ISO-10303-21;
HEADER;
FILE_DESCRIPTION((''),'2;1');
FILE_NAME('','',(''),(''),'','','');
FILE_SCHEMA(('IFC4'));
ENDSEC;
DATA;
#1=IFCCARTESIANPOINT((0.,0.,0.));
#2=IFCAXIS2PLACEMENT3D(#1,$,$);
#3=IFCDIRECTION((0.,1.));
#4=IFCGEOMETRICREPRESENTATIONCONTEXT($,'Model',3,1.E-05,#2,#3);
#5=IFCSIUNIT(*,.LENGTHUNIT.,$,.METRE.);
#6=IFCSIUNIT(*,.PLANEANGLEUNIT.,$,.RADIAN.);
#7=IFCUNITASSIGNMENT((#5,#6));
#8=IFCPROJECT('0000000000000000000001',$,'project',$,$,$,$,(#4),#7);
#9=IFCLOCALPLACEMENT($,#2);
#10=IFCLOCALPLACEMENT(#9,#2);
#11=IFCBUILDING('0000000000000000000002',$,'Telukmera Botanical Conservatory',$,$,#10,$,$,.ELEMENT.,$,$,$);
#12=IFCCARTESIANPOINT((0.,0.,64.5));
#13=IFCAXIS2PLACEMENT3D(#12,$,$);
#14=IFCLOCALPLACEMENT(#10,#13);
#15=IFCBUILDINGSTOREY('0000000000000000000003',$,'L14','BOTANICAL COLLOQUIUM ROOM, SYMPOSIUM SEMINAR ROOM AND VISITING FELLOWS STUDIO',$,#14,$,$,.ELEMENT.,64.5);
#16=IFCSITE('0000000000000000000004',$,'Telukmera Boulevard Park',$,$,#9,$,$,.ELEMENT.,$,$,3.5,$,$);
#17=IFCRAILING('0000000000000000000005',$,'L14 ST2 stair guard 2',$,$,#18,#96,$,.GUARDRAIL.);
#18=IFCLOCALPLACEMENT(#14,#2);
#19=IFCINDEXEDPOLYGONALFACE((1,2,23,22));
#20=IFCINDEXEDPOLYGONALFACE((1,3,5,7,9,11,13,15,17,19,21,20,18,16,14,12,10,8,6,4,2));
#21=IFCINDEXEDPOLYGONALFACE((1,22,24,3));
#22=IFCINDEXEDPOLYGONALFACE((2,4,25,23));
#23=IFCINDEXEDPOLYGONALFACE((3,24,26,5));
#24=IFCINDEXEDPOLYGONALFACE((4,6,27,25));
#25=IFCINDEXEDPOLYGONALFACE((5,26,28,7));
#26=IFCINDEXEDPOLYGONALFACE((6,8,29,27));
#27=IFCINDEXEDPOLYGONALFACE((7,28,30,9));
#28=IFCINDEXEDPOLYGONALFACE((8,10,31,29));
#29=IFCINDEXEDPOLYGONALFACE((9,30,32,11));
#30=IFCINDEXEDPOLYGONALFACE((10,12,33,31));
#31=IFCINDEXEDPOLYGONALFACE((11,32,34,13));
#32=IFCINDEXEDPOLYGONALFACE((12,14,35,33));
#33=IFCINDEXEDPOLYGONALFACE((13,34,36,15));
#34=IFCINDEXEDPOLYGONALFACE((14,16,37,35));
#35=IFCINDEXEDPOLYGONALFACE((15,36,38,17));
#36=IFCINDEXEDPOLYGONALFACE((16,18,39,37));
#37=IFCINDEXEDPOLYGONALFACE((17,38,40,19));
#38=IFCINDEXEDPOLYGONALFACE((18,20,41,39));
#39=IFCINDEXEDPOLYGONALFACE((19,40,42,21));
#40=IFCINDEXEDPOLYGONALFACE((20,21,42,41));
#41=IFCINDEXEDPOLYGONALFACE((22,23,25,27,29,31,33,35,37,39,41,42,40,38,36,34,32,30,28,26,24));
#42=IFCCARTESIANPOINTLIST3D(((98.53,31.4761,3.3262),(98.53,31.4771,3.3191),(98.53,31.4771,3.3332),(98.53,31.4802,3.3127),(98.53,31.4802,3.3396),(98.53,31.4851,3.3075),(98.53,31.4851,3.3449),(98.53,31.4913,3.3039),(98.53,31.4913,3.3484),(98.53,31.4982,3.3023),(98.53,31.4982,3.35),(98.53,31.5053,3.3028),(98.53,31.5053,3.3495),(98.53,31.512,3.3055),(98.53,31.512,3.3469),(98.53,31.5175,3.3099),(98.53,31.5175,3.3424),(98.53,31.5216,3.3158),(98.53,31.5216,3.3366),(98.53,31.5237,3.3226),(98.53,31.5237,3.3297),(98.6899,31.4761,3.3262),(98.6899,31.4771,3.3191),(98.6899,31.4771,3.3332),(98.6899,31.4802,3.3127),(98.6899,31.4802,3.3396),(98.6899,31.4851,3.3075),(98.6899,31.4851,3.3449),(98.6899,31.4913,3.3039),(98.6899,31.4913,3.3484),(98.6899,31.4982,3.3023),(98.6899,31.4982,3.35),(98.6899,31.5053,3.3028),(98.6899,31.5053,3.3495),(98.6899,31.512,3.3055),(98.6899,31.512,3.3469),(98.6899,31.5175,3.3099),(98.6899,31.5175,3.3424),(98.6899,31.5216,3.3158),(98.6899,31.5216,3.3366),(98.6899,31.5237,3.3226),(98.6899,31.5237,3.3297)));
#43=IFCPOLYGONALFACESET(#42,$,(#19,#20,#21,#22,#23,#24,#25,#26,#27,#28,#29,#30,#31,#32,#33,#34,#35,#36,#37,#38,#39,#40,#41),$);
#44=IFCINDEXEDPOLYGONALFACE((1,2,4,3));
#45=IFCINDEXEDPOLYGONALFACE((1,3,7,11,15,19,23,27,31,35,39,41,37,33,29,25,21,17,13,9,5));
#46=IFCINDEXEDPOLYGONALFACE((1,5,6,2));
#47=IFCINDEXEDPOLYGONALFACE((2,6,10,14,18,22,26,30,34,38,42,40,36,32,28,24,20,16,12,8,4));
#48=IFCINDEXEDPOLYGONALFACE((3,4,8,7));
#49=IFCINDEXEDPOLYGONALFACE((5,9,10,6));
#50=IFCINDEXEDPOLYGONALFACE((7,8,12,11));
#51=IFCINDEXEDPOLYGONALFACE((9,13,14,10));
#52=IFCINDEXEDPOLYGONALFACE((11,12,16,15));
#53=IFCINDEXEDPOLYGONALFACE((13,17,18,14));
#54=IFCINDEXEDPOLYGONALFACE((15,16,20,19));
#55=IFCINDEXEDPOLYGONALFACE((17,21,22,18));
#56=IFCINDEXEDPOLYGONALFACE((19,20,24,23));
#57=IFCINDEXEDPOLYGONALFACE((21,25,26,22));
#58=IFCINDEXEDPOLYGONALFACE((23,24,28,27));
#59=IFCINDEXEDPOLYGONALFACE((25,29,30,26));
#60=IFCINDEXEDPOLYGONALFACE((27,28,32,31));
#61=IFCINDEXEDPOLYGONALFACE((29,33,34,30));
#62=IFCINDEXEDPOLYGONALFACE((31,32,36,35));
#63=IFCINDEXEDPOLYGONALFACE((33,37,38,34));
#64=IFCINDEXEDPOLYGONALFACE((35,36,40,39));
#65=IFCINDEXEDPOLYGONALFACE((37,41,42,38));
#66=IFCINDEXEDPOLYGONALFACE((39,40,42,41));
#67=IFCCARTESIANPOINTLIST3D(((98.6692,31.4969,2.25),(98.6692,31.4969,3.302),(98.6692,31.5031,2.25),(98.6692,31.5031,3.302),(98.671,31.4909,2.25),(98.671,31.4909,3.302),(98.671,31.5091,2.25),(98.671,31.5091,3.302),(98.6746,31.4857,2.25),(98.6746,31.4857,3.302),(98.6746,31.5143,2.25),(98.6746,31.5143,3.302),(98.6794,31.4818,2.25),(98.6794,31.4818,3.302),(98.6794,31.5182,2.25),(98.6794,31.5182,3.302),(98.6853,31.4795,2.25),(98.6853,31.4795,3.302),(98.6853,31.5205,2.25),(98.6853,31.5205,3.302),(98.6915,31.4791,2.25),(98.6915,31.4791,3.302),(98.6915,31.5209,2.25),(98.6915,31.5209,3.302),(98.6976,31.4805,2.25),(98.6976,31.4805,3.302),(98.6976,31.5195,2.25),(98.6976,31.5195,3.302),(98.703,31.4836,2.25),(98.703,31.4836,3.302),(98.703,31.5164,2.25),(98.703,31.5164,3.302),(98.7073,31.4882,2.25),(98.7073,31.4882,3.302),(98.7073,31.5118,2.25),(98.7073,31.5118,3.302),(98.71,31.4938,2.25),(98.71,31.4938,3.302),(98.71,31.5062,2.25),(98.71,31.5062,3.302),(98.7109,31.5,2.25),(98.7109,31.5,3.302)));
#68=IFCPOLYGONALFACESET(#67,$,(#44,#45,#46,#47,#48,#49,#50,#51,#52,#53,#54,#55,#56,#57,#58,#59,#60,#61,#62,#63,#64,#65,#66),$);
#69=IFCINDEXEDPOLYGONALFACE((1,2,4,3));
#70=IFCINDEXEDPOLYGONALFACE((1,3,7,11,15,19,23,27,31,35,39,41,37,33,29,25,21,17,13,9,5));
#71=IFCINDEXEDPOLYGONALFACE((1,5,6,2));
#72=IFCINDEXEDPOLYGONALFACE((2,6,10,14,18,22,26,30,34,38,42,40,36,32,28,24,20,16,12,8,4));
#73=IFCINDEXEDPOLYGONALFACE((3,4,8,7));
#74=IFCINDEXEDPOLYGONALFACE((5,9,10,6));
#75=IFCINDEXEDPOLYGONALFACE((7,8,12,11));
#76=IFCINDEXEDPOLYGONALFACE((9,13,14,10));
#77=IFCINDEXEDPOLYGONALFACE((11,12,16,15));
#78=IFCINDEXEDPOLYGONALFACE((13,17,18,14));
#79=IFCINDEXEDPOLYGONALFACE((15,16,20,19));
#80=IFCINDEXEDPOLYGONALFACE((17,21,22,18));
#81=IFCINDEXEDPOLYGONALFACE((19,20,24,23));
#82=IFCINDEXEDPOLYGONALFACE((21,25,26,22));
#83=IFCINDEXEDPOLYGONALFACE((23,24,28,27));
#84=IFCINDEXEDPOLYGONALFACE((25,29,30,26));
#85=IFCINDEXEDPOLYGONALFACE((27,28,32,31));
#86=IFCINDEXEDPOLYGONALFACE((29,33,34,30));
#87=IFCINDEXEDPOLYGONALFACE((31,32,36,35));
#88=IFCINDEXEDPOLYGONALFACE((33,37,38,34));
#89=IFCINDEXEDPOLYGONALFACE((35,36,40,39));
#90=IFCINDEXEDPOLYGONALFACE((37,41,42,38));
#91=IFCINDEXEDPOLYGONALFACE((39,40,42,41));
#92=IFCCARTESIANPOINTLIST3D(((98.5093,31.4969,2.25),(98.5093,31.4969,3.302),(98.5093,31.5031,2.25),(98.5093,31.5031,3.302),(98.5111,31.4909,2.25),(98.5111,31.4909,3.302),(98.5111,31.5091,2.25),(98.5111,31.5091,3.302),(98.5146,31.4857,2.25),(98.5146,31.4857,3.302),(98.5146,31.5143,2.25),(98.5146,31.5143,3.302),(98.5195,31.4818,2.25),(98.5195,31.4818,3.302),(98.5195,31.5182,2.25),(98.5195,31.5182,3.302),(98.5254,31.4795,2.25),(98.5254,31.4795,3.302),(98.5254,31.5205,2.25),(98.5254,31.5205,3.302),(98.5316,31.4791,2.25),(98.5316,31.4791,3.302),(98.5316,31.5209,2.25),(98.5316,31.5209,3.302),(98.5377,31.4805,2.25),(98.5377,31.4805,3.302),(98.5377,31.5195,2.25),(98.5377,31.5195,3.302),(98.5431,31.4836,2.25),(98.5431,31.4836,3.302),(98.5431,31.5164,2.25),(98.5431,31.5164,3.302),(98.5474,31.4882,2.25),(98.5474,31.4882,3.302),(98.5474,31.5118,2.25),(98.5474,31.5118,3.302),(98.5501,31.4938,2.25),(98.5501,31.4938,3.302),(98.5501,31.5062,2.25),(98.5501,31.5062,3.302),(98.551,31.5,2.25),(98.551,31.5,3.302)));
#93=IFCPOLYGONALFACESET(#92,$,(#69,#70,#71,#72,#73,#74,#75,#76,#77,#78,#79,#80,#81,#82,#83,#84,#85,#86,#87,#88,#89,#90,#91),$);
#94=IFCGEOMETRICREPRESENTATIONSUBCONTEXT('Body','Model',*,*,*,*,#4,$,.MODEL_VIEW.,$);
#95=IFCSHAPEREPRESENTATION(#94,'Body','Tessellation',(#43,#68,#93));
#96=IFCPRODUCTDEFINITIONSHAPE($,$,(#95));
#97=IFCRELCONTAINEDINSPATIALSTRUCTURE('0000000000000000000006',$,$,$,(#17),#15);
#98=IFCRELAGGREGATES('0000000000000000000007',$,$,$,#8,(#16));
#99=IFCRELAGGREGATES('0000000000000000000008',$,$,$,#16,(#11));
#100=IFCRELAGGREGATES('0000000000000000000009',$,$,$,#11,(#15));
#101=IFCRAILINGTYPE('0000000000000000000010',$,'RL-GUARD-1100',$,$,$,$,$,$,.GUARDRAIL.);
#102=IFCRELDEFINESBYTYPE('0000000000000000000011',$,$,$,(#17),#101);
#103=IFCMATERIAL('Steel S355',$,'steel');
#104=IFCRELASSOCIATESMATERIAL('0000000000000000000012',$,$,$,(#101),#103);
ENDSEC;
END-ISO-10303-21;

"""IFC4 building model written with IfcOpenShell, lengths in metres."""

from ifc_helpers import new_model, si_unit, direction, frame, origin, origin_2d, place, context, subcontext, project, spatial, circle, extrude, material, type_object, element, save


model = new_model("IFC4")

# Units and contexts
model_context = context("Model", 3, precision=1e-05, world=origin(), true_north=direction((0.0, 1.0)))
body_context = subcontext(model_context, "Body", "Model", "MODEL_VIEW")
ifc_project = project(units=[si_unit("LENGTHUNIT", "METRE"), si_unit("PLANEANGLEUNIT", "RADIAN")], contexts=[model_context])

# Site, building, storey
site_placement = place(None, origin())
site = spatial("IfcSite", under=ifc_project, at=site_placement, Name="Telukmera Boulevard Park", CompositionType="ELEMENT", RefElevation=3.5)
building_placement = place(site_placement, origin())
building = spatial("IfcBuilding", under=site, at=building_placement, Name="Telukmera Botanical Conservatory", CompositionType="ELEMENT")
storey_placement = place(building_placement, frame((0.0, 0.0, 64.5)))
storey = spatial("IfcBuildingStorey", under=building, at=storey_placement, Name="L14", Description="BOTANICAL COLLOQUIUM ROOM, SYMPOSIUM SEMINAR ROOM AND VISITING FELLOWS STUDIO", CompositionType="ELEMENT", Elevation=64.5)

# Railing
ifc_material_1 = material(Name="Steel S355", Category="steel")
railing_type_1 = type_object("IfcRailingType", Name="RL-GUARD-1100", PredefinedType="GUARDRAIL", material=ifc_material_1)
railing_1_placement = place(storey_placement, frame((98.6899, 31.5, 2.25)))
element("IfcRailing", 1, at=railing_1_placement, inside=storey, type_object=railing_type_1, Name="L14 ST2 stair guard 2", PredefinedType="GUARDRAIL", context=body_context, shape_type="SweptSolid", body=[
    extrude(circle(Radius=0.0239, at=origin_2d()), frame((0.0, 0.0, 1.0762), z_axis=(-1.0, 0.0, 0.0), x_axis=(0.0, -1.0, 0.0)), (0.0, 0.0, 1.0), 0.1599),
    extrude(circle(Radius=0.021, at=origin_2d()), origin(), (0.0, 0.0, 1.0), 1.052),
    extrude(circle(Radius=0.021, at=origin_2d()), frame((-0.1599, 0.0, 0.0)), (0.0, 0.0, 1.0), 1.052),
])

save(model, "model.ifc")
